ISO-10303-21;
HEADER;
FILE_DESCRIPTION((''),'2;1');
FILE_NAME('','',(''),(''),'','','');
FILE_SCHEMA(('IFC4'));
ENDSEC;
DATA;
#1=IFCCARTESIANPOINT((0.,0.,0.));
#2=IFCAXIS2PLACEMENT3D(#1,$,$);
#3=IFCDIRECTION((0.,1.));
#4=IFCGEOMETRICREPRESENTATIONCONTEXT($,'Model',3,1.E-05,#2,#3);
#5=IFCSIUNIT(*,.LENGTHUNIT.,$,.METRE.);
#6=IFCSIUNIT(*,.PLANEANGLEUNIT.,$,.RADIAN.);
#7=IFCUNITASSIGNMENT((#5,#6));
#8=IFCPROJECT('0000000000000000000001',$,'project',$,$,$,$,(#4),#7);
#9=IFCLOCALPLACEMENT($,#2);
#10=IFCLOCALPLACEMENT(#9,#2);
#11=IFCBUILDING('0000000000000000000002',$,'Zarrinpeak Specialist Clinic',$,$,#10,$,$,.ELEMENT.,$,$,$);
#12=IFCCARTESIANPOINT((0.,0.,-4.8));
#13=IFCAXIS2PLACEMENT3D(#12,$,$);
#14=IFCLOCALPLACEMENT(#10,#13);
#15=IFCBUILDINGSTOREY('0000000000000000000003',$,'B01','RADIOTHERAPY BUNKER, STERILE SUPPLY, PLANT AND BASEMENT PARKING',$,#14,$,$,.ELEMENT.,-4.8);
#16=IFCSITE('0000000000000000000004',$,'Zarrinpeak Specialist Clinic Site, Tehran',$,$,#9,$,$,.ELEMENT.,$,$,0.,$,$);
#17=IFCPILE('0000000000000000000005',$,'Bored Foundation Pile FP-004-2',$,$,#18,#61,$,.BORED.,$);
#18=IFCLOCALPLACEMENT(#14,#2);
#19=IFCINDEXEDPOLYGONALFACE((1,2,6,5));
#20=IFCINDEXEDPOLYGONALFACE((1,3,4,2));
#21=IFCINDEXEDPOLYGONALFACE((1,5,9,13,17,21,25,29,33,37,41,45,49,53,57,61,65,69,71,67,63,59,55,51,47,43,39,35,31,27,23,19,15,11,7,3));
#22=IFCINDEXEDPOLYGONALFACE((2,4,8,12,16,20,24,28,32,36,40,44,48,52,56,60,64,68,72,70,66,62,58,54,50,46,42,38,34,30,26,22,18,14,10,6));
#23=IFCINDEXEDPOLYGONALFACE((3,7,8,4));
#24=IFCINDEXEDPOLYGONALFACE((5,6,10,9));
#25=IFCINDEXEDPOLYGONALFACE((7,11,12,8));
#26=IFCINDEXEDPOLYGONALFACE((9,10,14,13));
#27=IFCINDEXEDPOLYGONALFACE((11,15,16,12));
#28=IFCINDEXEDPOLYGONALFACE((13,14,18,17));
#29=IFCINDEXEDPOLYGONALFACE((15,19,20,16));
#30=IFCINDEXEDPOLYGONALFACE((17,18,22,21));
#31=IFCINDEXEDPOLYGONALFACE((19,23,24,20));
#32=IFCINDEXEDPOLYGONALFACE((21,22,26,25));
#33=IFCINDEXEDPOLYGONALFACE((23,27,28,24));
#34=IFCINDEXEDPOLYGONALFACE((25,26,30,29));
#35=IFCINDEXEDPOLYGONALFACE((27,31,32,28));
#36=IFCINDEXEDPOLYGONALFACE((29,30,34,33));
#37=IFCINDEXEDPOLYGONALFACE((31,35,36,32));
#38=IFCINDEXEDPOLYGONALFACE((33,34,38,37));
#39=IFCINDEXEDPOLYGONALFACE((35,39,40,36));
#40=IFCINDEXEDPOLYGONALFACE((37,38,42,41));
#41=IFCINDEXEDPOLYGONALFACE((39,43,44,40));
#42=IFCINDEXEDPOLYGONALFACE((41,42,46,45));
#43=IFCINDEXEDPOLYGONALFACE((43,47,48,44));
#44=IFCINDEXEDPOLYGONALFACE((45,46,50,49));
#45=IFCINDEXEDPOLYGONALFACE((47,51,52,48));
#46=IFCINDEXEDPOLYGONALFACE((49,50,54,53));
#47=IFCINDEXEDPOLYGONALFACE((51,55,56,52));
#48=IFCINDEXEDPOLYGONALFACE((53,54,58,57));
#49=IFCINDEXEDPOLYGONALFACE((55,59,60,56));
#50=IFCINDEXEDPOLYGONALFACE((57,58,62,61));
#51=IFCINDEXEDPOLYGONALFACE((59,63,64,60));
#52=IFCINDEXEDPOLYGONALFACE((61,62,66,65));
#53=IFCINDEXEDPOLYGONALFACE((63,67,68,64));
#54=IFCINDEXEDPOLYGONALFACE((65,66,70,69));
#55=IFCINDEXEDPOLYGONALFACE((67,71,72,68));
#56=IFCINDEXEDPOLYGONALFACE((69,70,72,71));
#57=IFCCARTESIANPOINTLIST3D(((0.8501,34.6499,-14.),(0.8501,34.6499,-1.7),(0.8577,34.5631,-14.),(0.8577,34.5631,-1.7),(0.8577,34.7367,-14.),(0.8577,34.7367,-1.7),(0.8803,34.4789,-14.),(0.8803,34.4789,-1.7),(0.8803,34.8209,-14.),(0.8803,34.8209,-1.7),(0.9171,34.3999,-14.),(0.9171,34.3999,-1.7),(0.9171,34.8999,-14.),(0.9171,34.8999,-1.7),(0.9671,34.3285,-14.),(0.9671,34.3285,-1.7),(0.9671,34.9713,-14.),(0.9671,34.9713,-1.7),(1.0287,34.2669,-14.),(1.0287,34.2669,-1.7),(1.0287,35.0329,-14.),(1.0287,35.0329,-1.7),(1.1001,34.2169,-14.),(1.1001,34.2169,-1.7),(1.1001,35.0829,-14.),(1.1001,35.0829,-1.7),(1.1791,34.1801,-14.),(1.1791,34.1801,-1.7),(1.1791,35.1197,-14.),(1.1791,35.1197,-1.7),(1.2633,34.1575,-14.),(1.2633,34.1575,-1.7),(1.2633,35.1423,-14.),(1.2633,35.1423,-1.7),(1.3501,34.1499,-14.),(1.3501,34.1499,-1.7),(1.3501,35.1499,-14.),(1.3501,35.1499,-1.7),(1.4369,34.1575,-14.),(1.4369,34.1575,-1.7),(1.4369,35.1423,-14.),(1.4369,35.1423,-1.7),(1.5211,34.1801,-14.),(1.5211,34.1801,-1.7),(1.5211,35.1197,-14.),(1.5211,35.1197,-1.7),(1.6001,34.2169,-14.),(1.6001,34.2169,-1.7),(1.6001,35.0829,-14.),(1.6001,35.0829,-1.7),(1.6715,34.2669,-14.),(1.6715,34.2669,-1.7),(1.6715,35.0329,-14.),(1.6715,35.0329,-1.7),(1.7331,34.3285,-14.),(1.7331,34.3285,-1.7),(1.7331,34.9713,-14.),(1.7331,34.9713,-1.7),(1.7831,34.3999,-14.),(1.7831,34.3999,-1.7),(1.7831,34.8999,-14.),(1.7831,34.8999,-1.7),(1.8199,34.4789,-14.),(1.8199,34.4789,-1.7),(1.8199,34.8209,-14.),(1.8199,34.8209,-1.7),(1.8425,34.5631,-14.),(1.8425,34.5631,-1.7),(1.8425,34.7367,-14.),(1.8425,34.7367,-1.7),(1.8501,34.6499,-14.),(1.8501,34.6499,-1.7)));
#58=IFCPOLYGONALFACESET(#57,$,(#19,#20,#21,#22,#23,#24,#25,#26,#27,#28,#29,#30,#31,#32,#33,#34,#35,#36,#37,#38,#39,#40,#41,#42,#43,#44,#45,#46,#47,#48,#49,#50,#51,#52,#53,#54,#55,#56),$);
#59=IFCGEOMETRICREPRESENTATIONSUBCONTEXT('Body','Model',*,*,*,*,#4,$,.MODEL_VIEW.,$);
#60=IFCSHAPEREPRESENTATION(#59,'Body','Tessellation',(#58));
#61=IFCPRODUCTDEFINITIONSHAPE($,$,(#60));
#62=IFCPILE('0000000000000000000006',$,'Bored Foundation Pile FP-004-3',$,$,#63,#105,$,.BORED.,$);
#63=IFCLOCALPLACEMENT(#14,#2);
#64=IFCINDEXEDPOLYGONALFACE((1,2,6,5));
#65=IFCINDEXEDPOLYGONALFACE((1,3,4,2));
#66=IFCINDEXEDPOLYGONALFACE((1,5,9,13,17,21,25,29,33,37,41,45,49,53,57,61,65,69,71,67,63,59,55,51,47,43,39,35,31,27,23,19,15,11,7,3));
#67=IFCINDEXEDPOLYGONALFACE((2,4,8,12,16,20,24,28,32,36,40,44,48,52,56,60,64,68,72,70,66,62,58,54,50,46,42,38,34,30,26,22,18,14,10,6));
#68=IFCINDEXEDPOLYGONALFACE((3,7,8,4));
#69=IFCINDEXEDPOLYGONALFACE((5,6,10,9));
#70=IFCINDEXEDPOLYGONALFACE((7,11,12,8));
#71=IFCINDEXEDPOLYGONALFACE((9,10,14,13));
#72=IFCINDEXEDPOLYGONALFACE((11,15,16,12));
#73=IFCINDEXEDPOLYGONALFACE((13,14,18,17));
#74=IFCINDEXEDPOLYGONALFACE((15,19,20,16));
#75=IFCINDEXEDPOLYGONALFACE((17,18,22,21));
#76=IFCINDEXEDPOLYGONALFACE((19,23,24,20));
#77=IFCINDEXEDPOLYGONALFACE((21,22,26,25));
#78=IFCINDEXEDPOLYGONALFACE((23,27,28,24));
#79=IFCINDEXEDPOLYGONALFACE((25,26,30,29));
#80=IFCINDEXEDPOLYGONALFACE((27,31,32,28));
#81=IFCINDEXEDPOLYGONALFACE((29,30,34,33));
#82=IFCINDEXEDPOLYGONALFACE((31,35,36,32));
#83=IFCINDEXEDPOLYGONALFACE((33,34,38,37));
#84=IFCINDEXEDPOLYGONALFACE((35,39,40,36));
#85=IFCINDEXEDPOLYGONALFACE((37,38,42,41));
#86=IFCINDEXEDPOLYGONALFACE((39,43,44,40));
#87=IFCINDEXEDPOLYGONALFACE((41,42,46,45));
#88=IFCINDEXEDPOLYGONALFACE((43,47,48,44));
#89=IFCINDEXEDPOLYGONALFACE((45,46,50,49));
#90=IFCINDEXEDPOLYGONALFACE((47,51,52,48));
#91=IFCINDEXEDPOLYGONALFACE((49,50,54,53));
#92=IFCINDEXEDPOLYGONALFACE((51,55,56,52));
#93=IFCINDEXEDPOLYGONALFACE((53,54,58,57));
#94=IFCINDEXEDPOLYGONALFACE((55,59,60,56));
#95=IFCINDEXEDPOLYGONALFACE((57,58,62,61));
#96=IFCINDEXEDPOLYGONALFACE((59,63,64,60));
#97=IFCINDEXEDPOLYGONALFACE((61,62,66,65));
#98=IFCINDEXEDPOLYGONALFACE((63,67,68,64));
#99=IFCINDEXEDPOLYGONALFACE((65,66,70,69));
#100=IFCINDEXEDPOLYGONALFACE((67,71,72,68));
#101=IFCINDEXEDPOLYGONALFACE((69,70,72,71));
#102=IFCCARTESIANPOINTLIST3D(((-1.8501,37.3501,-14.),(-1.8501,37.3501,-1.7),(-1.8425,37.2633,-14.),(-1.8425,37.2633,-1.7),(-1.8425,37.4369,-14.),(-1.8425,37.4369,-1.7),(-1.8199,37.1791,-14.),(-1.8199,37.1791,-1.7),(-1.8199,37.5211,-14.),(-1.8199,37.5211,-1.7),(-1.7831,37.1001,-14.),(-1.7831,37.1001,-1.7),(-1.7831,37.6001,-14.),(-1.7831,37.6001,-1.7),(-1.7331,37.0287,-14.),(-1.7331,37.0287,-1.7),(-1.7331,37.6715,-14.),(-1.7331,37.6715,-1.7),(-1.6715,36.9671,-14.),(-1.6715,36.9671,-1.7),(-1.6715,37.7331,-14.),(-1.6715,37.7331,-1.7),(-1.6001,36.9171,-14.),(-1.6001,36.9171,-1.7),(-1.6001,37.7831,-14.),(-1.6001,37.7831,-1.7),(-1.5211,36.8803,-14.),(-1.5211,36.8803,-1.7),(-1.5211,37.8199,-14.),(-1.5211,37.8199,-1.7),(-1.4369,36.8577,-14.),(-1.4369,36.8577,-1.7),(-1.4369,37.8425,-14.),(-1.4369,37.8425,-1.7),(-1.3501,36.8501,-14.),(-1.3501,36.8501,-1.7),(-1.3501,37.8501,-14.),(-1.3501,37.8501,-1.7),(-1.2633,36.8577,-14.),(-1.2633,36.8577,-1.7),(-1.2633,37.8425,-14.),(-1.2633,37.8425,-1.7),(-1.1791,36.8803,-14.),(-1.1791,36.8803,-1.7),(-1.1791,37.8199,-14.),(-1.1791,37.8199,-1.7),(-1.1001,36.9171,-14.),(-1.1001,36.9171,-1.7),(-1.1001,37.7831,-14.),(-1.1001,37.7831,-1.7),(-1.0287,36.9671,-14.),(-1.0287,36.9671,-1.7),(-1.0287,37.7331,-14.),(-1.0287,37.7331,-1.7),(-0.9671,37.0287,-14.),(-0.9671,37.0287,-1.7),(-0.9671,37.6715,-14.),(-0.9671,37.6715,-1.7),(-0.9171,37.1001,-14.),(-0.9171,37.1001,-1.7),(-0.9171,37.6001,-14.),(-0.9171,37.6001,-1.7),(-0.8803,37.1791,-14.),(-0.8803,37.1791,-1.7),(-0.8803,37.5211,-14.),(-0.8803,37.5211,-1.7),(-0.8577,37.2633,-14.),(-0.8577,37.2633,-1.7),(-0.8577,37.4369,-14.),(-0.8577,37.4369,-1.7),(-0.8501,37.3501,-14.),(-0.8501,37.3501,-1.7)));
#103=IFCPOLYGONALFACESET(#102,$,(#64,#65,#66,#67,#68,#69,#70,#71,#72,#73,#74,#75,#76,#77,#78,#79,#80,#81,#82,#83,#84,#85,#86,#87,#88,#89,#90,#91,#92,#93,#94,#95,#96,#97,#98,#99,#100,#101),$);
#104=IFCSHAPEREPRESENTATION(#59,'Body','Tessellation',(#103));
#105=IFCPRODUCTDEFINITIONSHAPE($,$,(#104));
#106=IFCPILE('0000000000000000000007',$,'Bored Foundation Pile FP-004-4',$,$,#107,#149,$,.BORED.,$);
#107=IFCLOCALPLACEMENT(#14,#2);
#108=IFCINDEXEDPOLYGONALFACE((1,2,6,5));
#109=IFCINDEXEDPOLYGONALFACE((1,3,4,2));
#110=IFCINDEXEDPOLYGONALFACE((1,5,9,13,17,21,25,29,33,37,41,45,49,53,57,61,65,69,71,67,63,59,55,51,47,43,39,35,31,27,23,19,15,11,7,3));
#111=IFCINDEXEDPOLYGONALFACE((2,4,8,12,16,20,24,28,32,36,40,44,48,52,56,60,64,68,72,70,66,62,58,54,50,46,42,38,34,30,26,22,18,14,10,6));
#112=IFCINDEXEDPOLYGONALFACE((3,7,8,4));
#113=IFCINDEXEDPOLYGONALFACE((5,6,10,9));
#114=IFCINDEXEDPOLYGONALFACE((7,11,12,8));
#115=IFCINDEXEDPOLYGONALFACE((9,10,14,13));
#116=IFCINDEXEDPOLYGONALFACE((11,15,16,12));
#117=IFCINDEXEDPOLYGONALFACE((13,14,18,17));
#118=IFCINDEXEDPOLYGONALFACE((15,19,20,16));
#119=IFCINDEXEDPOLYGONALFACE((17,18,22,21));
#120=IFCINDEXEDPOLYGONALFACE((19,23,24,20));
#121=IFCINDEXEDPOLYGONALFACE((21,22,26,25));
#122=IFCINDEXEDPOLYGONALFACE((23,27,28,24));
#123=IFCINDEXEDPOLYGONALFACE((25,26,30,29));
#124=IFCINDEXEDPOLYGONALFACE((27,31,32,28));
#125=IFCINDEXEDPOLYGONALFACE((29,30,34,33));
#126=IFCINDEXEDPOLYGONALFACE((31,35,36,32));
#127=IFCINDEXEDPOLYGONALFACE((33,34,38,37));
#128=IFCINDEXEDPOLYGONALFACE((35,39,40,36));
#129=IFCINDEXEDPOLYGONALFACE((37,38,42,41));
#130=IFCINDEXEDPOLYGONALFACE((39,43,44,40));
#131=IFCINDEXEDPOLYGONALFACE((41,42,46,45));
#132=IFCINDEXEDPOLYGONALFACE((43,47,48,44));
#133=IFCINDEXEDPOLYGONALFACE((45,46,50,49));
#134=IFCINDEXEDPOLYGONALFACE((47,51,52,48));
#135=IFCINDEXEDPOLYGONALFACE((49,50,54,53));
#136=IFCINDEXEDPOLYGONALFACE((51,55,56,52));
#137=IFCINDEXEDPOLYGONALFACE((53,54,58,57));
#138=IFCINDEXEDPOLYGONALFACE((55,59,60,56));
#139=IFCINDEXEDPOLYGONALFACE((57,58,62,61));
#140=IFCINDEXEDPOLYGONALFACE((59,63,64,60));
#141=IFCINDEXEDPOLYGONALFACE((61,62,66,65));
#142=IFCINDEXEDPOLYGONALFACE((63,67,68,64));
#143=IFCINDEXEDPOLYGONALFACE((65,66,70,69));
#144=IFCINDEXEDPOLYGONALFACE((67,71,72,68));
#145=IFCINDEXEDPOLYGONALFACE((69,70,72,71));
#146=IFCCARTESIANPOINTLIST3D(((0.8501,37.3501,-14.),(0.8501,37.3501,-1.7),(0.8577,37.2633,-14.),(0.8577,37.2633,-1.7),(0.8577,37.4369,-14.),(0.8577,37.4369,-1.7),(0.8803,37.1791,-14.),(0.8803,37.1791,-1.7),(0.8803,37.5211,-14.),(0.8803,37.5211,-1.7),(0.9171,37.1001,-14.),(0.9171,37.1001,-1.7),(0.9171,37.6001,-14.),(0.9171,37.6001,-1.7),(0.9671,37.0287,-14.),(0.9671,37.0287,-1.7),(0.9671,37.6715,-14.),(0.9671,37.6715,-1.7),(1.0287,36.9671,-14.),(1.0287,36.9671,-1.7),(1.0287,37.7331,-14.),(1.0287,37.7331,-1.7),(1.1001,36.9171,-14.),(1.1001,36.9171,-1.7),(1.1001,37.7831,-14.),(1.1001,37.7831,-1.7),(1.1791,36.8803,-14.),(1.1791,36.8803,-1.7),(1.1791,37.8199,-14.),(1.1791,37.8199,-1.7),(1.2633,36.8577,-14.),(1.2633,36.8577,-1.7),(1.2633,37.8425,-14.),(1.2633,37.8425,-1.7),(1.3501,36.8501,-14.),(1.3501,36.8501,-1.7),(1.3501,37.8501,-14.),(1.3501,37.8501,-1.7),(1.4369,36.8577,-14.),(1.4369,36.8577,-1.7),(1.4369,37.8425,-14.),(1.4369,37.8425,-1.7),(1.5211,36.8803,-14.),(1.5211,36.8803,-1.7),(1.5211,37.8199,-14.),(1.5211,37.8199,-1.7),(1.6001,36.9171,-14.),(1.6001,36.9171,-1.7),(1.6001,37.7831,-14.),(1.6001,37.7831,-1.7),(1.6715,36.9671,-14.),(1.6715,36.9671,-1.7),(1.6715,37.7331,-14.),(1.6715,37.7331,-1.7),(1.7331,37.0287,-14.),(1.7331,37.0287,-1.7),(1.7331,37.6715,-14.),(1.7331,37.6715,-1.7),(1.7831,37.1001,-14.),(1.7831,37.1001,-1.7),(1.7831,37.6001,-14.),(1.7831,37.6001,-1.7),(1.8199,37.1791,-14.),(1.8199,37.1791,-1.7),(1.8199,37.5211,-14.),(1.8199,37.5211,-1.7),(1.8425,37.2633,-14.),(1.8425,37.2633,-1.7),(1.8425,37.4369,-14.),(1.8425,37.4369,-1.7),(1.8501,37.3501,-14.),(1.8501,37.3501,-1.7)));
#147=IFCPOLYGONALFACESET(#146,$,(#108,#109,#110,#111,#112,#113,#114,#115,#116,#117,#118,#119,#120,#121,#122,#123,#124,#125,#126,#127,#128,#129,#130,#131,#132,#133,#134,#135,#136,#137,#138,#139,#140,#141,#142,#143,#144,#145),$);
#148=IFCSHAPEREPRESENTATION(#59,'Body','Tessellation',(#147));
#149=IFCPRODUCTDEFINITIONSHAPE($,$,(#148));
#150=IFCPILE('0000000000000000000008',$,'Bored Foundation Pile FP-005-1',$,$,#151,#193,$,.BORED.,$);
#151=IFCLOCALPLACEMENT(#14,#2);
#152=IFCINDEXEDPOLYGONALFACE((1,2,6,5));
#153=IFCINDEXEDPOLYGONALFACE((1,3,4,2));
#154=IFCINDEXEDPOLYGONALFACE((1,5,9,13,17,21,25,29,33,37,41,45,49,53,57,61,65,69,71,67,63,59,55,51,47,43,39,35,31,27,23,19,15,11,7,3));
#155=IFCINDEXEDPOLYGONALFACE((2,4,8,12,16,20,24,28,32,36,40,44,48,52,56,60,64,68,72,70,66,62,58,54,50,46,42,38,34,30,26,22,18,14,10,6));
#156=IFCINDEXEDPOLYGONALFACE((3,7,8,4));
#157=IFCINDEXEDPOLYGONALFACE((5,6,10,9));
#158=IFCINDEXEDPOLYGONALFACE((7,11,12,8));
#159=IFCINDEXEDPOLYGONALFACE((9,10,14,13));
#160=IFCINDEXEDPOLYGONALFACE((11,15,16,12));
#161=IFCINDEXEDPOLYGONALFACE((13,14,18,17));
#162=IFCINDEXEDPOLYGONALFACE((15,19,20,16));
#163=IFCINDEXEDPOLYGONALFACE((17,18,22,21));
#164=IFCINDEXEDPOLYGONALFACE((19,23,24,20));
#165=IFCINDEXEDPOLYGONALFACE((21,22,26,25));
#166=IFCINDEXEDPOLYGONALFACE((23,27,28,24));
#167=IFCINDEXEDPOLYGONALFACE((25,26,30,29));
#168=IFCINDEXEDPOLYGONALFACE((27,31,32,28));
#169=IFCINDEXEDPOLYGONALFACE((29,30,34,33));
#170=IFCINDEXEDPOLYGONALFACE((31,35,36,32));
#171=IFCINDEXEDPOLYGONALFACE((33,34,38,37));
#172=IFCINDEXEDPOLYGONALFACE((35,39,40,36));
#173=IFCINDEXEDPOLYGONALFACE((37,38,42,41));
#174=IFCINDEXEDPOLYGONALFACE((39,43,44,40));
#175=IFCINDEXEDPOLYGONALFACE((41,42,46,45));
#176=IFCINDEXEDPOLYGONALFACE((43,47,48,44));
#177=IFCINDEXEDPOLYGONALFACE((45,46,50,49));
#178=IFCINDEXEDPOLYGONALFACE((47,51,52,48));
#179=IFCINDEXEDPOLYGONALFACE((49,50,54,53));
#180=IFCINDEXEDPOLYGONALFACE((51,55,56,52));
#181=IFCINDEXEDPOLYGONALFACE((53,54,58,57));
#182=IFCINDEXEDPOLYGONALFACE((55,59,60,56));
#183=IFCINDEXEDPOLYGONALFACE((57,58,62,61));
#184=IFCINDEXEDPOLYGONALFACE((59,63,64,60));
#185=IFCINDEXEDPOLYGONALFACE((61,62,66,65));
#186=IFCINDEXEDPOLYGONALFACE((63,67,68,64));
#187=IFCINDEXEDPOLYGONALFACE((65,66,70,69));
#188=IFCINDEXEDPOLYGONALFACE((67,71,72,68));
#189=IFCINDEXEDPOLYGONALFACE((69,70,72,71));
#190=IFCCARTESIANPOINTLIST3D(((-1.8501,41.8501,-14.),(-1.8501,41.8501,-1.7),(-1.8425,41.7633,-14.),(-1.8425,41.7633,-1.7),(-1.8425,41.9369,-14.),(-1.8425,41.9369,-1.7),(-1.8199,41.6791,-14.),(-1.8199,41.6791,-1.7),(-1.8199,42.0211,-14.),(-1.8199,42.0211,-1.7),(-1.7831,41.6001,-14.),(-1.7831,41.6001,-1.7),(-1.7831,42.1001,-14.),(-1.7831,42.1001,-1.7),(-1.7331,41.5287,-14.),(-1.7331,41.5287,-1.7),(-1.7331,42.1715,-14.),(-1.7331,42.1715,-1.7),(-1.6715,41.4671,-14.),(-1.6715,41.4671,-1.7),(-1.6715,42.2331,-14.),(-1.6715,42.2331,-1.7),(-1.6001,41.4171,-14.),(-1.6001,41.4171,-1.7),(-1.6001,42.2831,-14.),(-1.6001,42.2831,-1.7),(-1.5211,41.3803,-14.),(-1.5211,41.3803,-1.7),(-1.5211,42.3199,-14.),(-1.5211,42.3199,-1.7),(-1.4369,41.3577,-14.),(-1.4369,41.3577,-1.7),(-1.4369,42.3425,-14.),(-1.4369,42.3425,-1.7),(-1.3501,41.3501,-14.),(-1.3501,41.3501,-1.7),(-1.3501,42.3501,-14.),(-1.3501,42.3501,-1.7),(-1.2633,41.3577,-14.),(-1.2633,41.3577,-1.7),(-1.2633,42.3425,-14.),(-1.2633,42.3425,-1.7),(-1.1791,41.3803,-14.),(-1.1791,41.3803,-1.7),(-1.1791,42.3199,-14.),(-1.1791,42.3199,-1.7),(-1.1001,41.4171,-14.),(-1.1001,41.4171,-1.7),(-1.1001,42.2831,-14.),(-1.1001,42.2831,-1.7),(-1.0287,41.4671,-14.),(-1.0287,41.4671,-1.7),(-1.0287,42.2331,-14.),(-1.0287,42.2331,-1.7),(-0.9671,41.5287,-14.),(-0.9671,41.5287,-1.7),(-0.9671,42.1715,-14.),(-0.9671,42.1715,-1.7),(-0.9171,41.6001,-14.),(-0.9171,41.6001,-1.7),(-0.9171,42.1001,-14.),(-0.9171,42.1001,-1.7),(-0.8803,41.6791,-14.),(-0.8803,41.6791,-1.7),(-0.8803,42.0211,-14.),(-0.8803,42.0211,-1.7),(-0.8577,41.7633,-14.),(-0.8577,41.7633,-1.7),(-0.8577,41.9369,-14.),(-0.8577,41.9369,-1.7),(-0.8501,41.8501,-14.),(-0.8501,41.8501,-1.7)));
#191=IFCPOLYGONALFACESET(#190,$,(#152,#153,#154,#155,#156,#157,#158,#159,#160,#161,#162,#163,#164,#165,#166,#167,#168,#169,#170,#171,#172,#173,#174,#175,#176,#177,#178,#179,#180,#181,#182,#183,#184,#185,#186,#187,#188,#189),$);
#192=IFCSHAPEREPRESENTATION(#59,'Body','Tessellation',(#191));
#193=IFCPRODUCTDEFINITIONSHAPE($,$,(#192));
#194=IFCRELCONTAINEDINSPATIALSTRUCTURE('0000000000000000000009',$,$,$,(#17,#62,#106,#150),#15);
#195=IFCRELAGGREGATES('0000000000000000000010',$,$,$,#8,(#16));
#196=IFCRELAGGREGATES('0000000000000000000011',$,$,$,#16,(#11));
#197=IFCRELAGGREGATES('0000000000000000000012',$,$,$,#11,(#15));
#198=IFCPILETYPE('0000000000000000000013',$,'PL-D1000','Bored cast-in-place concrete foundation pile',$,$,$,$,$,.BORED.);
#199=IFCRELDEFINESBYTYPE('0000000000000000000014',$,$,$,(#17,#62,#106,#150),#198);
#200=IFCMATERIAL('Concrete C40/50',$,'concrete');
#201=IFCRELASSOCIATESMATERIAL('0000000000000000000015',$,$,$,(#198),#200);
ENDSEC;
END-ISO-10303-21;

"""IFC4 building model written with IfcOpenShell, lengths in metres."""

from ifc_helpers import new_model, si_unit, direction, frame, origin, origin_2d, place, context, subcontext, project, spatial, circle, extrude, material, material_profile, profile_set, type_object, element, save


model = new_model("IFC4")

# Units and contexts
model_context = context("Model", 3, precision=1e-05, world=origin(), true_north=direction((0.0, 1.0)))
body_context = subcontext(model_context, "Body", "Model", "MODEL_VIEW")
ifc_project = project(units=[si_unit("LENGTHUNIT", "METRE"), si_unit("PLANEANGLEUNIT", "RADIAN")], contexts=[model_context])

# Site, building, storey
site_placement = place(None, origin())
site = spatial("IfcSite", under=ifc_project, at=site_placement, Name="Zarrinpeak Specialist Clinic Site, Tehran", CompositionType="ELEMENT", RefElevation=0.0)
building_placement = place(site_placement, origin())
building = spatial("IfcBuilding", under=site, at=building_placement, Name="Zarrinpeak Specialist Clinic", CompositionType="ELEMENT")
storey_placement = place(building_placement, frame((0.0, 0.0, -4.8)))
storey = spatial("IfcBuildingStorey", under=building, at=storey_placement, Name="B01", Description="RADIOTHERAPY BUNKER, STERILE SUPPLY, PLANT AND BASEMENT PARKING", CompositionType="ELEMENT", Elevation=-4.8)

# Shared definitions
ifc_material = material(Name="Concrete C40/50", Category="concrete")

# Piles
ifc_material_profile_1 = material_profile(ifc_material, circle(Radius=0.5, at=origin_2d()), Name="BORED PILE D1000")
ifc_profile_set_1 = profile_set([ifc_material_profile_1], Name="Concrete C40/50")
pile_type = type_object("IfcPileType", Name="PL-D1000", Description="Bored cast-in-place concrete foundation pile", PredefinedType="BORED", material=ifc_profile_set_1)
for number, where, z_axis, x_axis, name in (
    (1, (1.3501, 34.6499, -1.7), (0.0, 0.0, -1.0), (1.0, 0.0, 0.0), "Bored Foundation Pile FP-004-2"),
    (2, (-1.3501, 37.3501, -1.7), (0.0, 0.0, -1.0), (1.0, 0.0, 0.0), "Bored Foundation Pile FP-004-3"),
    (3, (1.3501, 37.3501, -1.7), (0.0, 0.0, -1.0), (1.0, 0.0, 0.0), "Bored Foundation Pile FP-004-4"),
    (4, (-1.3501, 41.8501, -1.7), (0.0, 0.0, -1.0), (1.0, 0.0, 0.0), "Bored Foundation Pile FP-005-1"),
):
    element("IfcPile", number, at=place(storey_placement, frame(where, z_axis=z_axis, x_axis=x_axis)), inside=storey, type_object=pile_type, Name=name, PredefinedType="BORED", context=body_context, shape_type="SweptSolid", body=[
        extrude(circle(Radius=0.5, at=origin_2d()), origin(), (0.0, 0.0, 1.0), 12.3),
    ])

save(model, "model.ifc")
